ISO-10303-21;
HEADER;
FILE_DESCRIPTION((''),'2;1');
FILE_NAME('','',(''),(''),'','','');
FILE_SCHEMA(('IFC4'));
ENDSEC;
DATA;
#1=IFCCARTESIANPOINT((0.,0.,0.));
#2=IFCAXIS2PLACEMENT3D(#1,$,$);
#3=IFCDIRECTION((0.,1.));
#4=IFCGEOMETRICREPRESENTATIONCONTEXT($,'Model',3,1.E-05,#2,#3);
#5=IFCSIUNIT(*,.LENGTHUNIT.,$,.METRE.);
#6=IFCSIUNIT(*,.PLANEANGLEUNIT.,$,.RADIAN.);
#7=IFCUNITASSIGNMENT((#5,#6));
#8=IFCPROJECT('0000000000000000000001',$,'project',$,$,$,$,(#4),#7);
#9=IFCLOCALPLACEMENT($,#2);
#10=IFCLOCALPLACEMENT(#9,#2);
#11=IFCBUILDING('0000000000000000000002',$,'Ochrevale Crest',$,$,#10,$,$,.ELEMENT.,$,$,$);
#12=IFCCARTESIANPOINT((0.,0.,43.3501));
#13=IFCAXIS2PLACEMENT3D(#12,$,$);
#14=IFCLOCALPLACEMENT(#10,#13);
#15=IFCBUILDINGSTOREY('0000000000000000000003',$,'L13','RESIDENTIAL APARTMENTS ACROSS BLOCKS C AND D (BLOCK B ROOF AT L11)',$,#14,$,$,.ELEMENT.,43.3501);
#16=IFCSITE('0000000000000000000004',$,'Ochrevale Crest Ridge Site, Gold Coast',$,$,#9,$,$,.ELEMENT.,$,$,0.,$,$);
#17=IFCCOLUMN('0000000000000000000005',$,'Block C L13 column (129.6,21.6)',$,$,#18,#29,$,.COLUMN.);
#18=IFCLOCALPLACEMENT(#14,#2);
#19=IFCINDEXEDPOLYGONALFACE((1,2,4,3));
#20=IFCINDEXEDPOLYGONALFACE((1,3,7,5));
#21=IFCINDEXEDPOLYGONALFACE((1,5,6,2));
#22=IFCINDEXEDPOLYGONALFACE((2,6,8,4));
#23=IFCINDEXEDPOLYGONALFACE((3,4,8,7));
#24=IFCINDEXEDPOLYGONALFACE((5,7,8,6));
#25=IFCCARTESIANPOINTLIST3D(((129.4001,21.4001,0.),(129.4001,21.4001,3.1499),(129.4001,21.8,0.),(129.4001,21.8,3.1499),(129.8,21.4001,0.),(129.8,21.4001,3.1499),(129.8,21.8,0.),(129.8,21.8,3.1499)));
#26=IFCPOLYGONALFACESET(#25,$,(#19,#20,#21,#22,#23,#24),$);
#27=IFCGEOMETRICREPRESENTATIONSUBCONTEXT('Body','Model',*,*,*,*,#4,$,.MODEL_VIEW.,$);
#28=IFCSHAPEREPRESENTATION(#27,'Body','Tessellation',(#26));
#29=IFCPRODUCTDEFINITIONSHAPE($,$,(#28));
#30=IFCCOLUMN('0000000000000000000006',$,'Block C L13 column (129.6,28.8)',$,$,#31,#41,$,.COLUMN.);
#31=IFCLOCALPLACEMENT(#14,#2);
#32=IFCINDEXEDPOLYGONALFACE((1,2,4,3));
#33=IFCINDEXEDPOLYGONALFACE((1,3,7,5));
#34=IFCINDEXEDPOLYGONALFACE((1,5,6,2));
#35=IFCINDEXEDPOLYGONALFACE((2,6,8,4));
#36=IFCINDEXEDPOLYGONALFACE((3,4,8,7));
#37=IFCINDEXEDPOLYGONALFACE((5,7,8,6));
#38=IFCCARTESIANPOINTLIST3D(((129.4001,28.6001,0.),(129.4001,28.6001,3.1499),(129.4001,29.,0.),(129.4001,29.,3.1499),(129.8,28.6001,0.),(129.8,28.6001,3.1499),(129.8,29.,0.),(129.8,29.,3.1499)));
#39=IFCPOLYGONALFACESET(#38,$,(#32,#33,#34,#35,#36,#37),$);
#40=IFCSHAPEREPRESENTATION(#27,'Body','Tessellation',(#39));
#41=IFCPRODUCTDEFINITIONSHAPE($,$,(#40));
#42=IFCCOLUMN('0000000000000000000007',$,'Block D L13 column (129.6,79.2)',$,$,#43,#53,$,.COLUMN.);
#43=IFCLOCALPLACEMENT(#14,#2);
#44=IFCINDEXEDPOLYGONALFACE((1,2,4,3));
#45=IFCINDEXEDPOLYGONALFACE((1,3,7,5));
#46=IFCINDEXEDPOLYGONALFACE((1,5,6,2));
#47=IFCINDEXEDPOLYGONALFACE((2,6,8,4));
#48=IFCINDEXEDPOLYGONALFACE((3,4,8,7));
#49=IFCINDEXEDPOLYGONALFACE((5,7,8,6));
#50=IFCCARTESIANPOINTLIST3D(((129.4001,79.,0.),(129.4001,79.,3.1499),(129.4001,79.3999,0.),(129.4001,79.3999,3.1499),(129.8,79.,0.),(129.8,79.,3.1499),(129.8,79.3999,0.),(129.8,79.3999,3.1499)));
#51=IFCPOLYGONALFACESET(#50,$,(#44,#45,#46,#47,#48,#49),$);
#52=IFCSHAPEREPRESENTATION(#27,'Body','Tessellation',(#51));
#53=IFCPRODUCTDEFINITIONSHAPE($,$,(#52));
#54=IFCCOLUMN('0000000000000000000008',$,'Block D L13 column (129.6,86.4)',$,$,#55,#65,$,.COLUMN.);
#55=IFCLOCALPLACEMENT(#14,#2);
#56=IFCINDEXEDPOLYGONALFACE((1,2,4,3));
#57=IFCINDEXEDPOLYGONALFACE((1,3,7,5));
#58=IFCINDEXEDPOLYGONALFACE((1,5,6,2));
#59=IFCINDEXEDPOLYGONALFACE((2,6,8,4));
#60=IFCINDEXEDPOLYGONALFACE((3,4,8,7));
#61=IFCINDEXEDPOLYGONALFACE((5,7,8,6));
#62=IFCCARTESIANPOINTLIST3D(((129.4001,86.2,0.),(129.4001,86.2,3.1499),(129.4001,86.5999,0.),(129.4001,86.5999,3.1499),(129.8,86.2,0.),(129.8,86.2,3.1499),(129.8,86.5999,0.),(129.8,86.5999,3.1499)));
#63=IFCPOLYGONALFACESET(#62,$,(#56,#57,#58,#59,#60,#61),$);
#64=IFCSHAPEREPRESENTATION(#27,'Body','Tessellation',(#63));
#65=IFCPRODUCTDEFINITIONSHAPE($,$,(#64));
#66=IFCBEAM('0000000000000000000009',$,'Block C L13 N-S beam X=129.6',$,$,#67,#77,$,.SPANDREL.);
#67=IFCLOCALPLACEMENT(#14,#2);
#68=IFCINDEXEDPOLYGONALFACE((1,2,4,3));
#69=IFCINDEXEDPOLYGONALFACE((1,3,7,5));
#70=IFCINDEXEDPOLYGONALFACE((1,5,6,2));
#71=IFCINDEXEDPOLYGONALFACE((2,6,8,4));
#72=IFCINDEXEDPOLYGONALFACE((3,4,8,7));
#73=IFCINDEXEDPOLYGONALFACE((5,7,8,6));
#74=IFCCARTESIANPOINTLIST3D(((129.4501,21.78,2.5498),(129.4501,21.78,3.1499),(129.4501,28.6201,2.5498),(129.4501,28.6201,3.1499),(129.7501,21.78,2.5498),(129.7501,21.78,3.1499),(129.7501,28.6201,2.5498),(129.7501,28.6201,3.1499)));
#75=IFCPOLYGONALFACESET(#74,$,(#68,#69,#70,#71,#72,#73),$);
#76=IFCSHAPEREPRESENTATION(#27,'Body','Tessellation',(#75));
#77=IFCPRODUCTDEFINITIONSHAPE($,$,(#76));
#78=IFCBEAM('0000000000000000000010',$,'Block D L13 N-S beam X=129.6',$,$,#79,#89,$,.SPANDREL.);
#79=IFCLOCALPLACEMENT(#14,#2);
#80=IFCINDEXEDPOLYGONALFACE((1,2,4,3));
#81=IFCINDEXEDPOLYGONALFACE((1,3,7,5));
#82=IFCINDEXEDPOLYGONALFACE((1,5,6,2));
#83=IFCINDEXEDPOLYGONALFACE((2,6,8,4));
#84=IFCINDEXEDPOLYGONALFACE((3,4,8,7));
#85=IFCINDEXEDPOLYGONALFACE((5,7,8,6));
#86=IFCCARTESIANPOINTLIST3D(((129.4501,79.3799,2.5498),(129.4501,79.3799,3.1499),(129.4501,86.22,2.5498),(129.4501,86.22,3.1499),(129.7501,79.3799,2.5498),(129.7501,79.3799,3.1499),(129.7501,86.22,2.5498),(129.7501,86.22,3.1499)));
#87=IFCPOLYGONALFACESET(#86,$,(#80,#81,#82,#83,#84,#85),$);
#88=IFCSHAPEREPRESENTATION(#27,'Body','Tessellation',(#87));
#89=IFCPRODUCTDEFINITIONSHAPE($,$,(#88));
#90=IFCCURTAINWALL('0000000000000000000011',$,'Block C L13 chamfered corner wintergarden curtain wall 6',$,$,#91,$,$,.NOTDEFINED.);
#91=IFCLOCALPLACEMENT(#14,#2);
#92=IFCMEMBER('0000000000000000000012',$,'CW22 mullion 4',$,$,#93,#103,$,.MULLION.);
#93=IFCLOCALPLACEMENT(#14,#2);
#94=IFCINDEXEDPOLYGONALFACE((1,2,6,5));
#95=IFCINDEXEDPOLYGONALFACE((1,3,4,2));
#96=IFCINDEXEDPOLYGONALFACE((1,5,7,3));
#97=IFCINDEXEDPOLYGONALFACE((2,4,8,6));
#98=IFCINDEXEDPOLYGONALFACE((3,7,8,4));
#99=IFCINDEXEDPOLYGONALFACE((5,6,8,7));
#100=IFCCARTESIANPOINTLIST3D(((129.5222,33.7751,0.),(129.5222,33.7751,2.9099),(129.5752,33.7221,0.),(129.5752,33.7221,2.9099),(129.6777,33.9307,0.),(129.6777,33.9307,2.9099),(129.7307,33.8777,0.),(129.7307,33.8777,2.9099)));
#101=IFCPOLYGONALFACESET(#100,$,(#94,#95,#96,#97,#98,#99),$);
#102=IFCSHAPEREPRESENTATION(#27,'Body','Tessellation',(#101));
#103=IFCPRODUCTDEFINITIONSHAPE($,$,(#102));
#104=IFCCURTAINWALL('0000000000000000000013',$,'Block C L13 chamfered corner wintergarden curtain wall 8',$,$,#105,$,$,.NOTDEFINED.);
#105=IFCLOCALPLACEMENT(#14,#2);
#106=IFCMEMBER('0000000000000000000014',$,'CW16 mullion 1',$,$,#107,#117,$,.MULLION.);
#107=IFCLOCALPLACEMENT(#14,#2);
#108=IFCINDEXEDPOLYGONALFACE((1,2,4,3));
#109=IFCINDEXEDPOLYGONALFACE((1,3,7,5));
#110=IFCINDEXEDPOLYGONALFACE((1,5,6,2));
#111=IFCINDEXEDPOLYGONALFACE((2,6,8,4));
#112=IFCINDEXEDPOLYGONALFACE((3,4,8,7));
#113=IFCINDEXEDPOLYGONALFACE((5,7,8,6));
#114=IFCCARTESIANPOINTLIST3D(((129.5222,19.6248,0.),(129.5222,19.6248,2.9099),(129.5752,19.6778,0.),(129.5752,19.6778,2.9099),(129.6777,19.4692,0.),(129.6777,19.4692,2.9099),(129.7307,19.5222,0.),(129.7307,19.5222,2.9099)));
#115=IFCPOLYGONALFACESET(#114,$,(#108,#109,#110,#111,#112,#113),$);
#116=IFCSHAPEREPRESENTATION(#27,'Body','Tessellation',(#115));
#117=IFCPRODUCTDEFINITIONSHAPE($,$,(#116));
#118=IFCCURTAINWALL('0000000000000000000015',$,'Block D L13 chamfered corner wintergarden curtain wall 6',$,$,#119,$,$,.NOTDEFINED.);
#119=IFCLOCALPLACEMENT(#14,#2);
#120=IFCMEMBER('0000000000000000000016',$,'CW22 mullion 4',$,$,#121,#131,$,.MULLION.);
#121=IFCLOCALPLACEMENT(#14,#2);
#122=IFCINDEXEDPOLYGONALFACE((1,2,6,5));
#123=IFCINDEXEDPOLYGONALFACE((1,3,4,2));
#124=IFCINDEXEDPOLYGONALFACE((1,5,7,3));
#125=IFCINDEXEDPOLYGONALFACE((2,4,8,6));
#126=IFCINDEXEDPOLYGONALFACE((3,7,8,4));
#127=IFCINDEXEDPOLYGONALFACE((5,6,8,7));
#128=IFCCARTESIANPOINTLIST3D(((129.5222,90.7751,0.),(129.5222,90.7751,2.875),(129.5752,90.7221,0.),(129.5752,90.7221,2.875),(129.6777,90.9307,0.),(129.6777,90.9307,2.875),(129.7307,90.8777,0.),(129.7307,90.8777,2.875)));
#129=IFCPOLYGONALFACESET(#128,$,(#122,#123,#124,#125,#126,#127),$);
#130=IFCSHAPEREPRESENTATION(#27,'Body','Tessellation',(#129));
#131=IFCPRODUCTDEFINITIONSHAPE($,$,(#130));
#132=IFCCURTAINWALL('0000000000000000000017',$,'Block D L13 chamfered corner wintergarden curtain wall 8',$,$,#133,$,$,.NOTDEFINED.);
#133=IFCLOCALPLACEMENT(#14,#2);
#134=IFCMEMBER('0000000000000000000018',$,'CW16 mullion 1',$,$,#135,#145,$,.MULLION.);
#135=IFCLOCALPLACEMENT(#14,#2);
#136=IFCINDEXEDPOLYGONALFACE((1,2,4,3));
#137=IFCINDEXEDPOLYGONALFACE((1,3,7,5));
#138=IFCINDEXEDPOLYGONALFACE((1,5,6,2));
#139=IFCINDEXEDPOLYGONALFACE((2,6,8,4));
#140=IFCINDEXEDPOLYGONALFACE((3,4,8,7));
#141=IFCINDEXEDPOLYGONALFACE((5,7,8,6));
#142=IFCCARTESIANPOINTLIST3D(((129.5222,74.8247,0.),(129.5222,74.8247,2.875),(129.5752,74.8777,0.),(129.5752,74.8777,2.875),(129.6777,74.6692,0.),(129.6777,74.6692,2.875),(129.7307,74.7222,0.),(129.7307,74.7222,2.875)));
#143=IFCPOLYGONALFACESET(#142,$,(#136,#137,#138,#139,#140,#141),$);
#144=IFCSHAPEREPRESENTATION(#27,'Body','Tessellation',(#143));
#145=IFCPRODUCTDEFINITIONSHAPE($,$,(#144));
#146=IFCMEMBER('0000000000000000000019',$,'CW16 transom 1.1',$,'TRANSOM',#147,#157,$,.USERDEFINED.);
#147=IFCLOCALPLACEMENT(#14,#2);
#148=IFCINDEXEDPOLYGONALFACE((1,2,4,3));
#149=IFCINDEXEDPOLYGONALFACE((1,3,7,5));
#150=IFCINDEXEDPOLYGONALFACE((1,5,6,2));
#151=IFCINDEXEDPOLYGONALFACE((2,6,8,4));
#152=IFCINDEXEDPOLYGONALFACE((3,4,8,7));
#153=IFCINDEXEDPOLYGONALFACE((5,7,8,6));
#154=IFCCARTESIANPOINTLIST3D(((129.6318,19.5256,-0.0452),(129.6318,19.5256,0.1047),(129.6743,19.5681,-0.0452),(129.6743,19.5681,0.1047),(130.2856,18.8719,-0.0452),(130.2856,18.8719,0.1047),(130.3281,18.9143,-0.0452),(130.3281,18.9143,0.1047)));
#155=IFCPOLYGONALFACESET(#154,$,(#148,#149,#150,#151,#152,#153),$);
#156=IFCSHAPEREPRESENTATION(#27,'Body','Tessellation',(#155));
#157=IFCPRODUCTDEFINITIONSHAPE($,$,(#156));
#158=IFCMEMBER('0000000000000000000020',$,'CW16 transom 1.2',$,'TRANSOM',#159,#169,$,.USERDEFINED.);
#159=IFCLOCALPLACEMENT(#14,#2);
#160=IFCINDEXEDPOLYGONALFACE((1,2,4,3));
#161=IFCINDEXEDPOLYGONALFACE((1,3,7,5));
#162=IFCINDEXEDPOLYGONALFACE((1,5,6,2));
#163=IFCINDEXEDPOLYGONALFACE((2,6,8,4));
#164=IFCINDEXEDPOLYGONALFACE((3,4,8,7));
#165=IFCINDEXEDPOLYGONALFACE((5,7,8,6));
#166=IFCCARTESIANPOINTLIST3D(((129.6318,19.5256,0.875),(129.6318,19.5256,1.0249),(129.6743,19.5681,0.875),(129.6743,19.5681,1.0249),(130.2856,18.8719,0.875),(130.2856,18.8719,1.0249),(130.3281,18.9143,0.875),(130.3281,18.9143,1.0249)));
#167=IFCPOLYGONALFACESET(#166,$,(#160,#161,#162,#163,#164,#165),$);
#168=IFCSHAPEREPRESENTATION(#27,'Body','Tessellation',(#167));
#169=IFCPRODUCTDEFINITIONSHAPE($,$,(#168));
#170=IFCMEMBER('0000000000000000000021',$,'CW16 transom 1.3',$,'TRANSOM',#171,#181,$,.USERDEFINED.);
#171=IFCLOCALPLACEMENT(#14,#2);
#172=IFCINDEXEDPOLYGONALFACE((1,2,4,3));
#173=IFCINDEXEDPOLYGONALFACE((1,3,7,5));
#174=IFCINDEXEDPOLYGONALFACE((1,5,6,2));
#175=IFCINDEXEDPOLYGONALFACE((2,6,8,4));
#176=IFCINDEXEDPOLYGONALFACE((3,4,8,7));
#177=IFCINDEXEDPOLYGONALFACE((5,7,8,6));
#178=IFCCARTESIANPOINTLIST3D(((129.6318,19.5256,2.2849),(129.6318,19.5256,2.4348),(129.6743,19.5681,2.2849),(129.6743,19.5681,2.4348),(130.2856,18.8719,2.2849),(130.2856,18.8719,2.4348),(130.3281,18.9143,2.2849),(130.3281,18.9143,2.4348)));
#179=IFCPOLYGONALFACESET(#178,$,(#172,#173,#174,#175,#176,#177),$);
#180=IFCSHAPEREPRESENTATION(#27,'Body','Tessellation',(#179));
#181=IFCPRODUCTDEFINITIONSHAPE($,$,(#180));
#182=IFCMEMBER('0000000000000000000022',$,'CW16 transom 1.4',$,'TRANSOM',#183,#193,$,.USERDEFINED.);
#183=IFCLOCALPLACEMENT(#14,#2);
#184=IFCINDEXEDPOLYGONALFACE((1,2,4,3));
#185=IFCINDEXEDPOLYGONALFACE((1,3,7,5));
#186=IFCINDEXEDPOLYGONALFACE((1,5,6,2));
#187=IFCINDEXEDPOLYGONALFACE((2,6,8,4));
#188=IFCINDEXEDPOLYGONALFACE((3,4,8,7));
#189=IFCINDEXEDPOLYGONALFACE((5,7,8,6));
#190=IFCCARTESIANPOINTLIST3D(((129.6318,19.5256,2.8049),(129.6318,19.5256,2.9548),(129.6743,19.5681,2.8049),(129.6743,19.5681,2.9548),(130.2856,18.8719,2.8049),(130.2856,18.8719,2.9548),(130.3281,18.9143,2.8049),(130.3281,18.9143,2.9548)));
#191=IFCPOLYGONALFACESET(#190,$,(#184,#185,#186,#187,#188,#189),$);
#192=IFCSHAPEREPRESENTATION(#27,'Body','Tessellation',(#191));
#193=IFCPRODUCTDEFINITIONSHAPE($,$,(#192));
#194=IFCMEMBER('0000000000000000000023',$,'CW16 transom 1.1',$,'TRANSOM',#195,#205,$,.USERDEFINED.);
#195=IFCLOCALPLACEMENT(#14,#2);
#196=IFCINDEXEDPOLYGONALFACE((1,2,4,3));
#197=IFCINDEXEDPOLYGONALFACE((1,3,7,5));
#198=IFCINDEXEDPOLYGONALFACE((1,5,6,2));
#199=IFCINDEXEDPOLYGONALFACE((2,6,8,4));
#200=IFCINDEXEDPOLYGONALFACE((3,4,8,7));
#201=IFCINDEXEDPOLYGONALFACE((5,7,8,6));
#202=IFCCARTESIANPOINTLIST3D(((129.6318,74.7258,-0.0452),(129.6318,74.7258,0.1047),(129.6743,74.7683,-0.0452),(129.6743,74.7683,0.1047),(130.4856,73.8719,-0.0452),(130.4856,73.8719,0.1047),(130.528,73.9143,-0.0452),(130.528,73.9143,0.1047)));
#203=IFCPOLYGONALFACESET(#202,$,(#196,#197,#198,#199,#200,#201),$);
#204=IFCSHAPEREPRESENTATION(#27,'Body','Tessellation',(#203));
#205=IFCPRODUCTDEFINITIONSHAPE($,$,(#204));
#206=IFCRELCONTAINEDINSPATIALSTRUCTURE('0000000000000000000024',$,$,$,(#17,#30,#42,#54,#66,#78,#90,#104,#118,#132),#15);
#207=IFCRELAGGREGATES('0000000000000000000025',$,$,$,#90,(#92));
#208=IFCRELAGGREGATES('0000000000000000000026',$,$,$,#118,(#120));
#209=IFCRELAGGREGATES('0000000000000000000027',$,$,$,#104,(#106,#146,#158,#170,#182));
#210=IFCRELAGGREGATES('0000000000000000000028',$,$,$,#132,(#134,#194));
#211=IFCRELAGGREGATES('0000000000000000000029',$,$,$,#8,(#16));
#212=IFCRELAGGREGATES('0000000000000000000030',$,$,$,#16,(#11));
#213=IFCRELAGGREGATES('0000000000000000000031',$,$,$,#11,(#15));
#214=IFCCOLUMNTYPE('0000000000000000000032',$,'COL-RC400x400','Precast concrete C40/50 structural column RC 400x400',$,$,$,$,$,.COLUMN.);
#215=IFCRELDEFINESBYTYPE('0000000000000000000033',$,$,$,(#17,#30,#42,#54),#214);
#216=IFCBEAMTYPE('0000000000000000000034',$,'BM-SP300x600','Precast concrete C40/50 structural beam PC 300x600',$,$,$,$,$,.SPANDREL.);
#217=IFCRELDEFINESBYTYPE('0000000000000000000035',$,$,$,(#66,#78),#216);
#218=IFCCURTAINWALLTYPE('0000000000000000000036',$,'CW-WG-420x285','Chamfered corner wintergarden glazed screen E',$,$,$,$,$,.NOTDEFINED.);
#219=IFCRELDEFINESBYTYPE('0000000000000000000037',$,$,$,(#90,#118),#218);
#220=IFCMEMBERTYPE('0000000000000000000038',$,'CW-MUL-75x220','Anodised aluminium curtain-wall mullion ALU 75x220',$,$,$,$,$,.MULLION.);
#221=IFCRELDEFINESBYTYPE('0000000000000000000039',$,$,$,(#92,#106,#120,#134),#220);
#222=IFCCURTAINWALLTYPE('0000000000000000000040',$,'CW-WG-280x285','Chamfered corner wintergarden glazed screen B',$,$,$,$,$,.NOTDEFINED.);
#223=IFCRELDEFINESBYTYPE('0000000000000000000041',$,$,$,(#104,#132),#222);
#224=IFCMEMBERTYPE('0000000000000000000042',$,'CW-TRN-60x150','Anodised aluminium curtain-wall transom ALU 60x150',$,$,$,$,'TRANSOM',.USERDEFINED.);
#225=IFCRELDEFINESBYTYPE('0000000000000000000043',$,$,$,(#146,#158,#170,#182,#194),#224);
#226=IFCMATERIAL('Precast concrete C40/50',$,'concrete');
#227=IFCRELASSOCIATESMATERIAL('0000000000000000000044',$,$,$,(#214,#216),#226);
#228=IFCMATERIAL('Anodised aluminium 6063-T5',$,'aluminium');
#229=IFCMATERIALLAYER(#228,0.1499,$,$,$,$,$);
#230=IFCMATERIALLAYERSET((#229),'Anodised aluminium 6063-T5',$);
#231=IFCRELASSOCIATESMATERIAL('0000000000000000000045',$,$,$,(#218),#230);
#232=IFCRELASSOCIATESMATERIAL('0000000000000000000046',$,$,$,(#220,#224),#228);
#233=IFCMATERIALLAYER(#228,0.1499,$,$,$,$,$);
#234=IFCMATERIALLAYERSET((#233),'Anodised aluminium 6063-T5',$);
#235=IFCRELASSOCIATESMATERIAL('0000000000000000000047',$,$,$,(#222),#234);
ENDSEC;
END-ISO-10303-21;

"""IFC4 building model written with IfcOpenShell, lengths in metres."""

from ifc_helpers import new_model, si_unit, direction, frame, origin, origin_2d, place, context, subcontext, project, spatial, rectangle, extrude, material, layer, layer_set, material_profile, profile_set, type_object, element, aggregate, save


model = new_model("IFC4")

# Units and contexts
model_context = context("Model", 3, precision=1e-05, world=origin(), true_north=direction((0.0, 1.0)))
body_context = subcontext(model_context, "Body", "Model", "MODEL_VIEW")
ifc_project = project(units=[si_unit("LENGTHUNIT", "METRE"), si_unit("PLANEANGLEUNIT", "RADIAN")], contexts=[model_context])

# Site, building, storey
site_placement = place(None, origin())
site = spatial("IfcSite", under=ifc_project, at=site_placement, Name="Ochrevale Crest Ridge Site, Gold Coast", CompositionType="ELEMENT", RefElevation=0.0)
building_placement = place(site_placement, origin())
building = spatial("IfcBuilding", under=site, at=building_placement, Name="Ochrevale Crest", CompositionType="ELEMENT")
storey_placement = place(building_placement, frame((0.0, 0.0, 43.3501)))
storey = spatial("IfcBuildingStorey", under=building, at=storey_placement, Name="L13", Description="RESIDENTIAL APARTMENTS ACROSS BLOCKS C AND D (BLOCK B ROOF AT L11)", CompositionType="ELEMENT", Elevation=43.3501)

# Columns
ifc_material_1 = material(Name="Precast concrete C40/50", Category="concrete")
ifc_material_profile_1 = material_profile(ifc_material_1, rectangle(XDim=0.3999, YDim=0.3999, at=origin_2d()), Name="RC 400x400")
ifc_profile_set_1 = profile_set([ifc_material_profile_1], Name="Precast concrete C40/50")
column_type = type_object("IfcColumnType", Name="COL-RC400x400", Description="Precast concrete C40/50 structural column RC 400x400", PredefinedType="COLUMN", material=ifc_profile_set_1)
for number, where, z_axis, x_axis, name in (
    (1, (129.6001, 21.6001, 0.0), (0.0, 0.0, 1.0), (1.0, 0.0, 0.0), "Block C L13 column (129.6,21.6)"),
    (2, (129.6001, 28.8, 0.0), (0.0, 0.0, 1.0), (1.0, 0.0, 0.0), "Block C L13 column (129.6,28.8)"),
    (3, (129.6001, 79.2, 0.0), (0.0, 0.0, 1.0), (1.0, 0.0, 0.0), "Block D L13 column (129.6,79.2)"),
    (4, (129.6001, 86.3999, 0.0), (0.0, 0.0, 1.0), (1.0, 0.0, 0.0), "Block D L13 column (129.6,86.4)"),
):
    element("IfcColumn", number, at=place(storey_placement, frame(where, z_axis=z_axis, x_axis=x_axis)), inside=storey, type_object=column_type, Name=name, PredefinedType="COLUMN", context=body_context, shape_type="SweptSolid", body=[
        extrude(rectangle(XDim=0.3999, YDim=0.3999, at=origin_2d()), origin(), (0.0, 0.0, 1.0), 3.1499),
    ])

# Beams
ifc_material_profile_2 = material_profile(ifc_material_1, rectangle(XDim=0.3, YDim=0.6001, at=origin_2d()), Name="PC 300x600")
ifc_profile_set_2 = profile_set([ifc_material_profile_2], Name="Precast concrete C40/50")
beam_type = type_object("IfcBeamType", Name="BM-SP300x600", Description="Precast concrete C40/50 structural beam PC 300x600", PredefinedType="SPANDREL", material=ifc_profile_set_2)
for number, where, z_axis, x_axis, name in (
    (5, (129.6001, 21.78, 2.8499), (0.0, 1.0, 0.0), (-1.0, 0.0, 0.0), "Block C L13 N-S beam X=129.6"),
    (6, (129.6001, 79.3799, 2.8499), (0.0, 1.0, 0.0), (-1.0, 0.0, 0.0), "Block D L13 N-S beam X=129.6"),
):
    element("IfcBeam", number, at=place(storey_placement, frame(where, z_axis=z_axis, x_axis=x_axis)), inside=storey, type_object=beam_type, Name=name, PredefinedType="SPANDREL", context=body_context, shape_type="SweptSolid", body=[
        extrude(rectangle(XDim=0.3, YDim=0.6001, at=origin_2d()), origin(), (0.0, 0.0, 1.0), 6.8401),
    ])

# Curtain walls, members
ifc_material_2 = material(Name="Anodised aluminium 6063-T5", Category="aluminium")
ifc_layer_1 = layer(ifc_material_2, 0.1499)
ifc_layer_set_1 = layer_set([ifc_layer_1], Name="Anodised aluminium 6063-T5")
curtain_wall_type_1 = type_object("IfcCurtainWallType", Name="CW-WG-420x285", Description="Chamfered corner wintergarden glazed screen E", PredefinedType="NOTDEFINED", material=ifc_layer_set_1)
curtain_wall_1_placement = place(storey_placement, origin())
curtain_wall_1 = element("IfcCurtainWall", 7, at=curtain_wall_1_placement, inside=storey, type_object=curtain_wall_type_1, Name="Block C L13 chamfered corner wintergarden curtain wall 6", PredefinedType="NOTDEFINED")
ifc_material_profile_3 = material_profile(ifc_material_2, rectangle(XDim=0.075, YDim=0.22, at=origin_2d()), Name="ALU 75x220")
ifc_profile_set_3 = profile_set([ifc_material_profile_3], Name="Anodised aluminium 6063-T5")
member_type_1 = type_object("IfcMemberType", Name="CW-MUL-75x220", Description="Anodised aluminium curtain-wall mullion ALU 75x220", PredefinedType="MULLION", material=ifc_profile_set_3)
member_1_placement = place(storey_placement, frame((129.6265, 33.8264, 0.0), z_axis=(0.0, 0.0, 1.0), x_axis=(0.707107, -0.707107, 0.0)))
member_1 = element("IfcMember", 8, at=member_1_placement, type_object=member_type_1, Name="CW22 mullion 4", PredefinedType="MULLION", context=body_context, shape_type="SweptSolid", body=[
    extrude(rectangle(XDim=0.075, YDim=0.22, at=origin_2d()), origin(), (0.0, 0.0, 1.0), 2.9099),
])
aggregate(curtain_wall_1, [member_1])
ifc_layer_2 = layer(ifc_material_2, 0.1499)
ifc_layer_set_2 = layer_set([ifc_layer_2], Name="Anodised aluminium 6063-T5")
curtain_wall_type_2 = type_object("IfcCurtainWallType", Name="CW-WG-280x285", Description="Chamfered corner wintergarden glazed screen B", PredefinedType="NOTDEFINED", material=ifc_layer_set_2)
curtain_wall_2_placement = place(storey_placement, origin())
curtain_wall_2 = element("IfcCurtainWall", 9, at=curtain_wall_2_placement, inside=storey, type_object=curtain_wall_type_2, Name="Block C L13 chamfered corner wintergarden curtain wall 8", PredefinedType="NOTDEFINED")
member_2_placement = place(storey_placement, frame((129.6265, 19.5735, 0.0), z_axis=(0.0, 0.0, 1.0), x_axis=(0.707107, 0.707107, 0.0)))
member_2 = element("IfcMember", 10, at=member_2_placement, type_object=member_type_1, Name="CW16 mullion 1", PredefinedType="MULLION", context=body_context, shape_type="SweptSolid", body=[
    extrude(rectangle(XDim=0.075, YDim=0.22, at=origin_2d()), origin(), (0.0, 0.0, 1.0), 2.9099),
])
curtain_wall_3_placement = place(storey_placement, origin())
curtain_wall_3 = element("IfcCurtainWall", 11, at=curtain_wall_3_placement, inside=storey, type_object=curtain_wall_type_1, Name="Block D L13 chamfered corner wintergarden curtain wall 6", PredefinedType="NOTDEFINED")
member_3_placement = place(storey_placement, frame((129.6265, 90.8264, 0.0), z_axis=(0.0, 0.0, 1.0), x_axis=(0.707107, -0.707107, 0.0)))
member_3 = element("IfcMember", 12, at=member_3_placement, type_object=member_type_1, Name="CW22 mullion 4", PredefinedType="MULLION", context=body_context, shape_type="SweptSolid", body=[
    extrude(rectangle(XDim=0.075, YDim=0.22, at=origin_2d()), origin(), (0.0, 0.0, 1.0), 2.875),
])
aggregate(curtain_wall_3, [member_3])
curtain_wall_4_placement = place(storey_placement, origin())
curtain_wall_4 = element("IfcCurtainWall", 13, at=curtain_wall_4_placement, inside=storey, type_object=curtain_wall_type_2, Name="Block D L13 chamfered corner wintergarden curtain wall 8", PredefinedType="NOTDEFINED")
member_4_placement = place(storey_placement, frame((129.6265, 74.7734, 0.0), z_axis=(0.0, 0.0, 1.0), x_axis=(0.707107, 0.707107, 0.0)))
member_4 = element("IfcMember", 14, at=member_4_placement, type_object=member_type_1, Name="CW16 mullion 1", PredefinedType="MULLION", context=body_context, shape_type="SweptSolid", body=[
    extrude(rectangle(XDim=0.075, YDim=0.22, at=origin_2d()), origin(), (0.0, 0.0, 1.0), 2.875),
])

# Members
ifc_material_profile_4 = material_profile(ifc_material_2, rectangle(XDim=0.0601, YDim=0.1499, at=origin_2d()), Name="ALU 60x150")
ifc_profile_set_4 = profile_set([ifc_material_profile_4], Name="Anodised aluminium 6063-T5")
member_type_2 = type_object("IfcMemberType", Name="CW-TRN-60x150", Description="Anodised aluminium curtain-wall transom ALU 60x150", ElementType="TRANSOM", PredefinedType="USERDEFINED", material=ifc_profile_set_4)
member_5_placement = place(storey_placement, frame((129.6531, 19.5469, 0.0298), z_axis=(0.707107, -0.707107, 0.0), x_axis=(0.707107, 0.707107, 0.0)))
member_5 = element("IfcMember", 15, at=member_5_placement, type_object=member_type_2, Name="CW16 transom 1.1", ObjectType="TRANSOM", PredefinedType="USERDEFINED", context=body_context, shape_type="SweptSolid", body=[
    extrude(rectangle(XDim=0.0601, YDim=0.1499, at=origin_2d()), origin(), (0.0, 0.0, 1.0), 0.9246),
])
member_6_placement = place(storey_placement, frame((129.6531, 19.5469, 0.95), z_axis=(0.707107, -0.707107, 0.0), x_axis=(0.707107, 0.707107, 0.0)))
member_6 = element("IfcMember", 16, at=member_6_placement, type_object=member_type_2, Name="CW16 transom 1.2", ObjectType="TRANSOM", PredefinedType="USERDEFINED", context=body_context, shape_type="SweptSolid", body=[
    extrude(rectangle(XDim=0.0601, YDim=0.1499, at=origin_2d()), origin(), (0.0, 0.0, 1.0), 0.9246),
])
member_7_placement = place(storey_placement, frame((129.6531, 19.5469, 2.3599), z_axis=(0.707107, -0.707107, 0.0), x_axis=(0.707107, 0.707107, 0.0)))
member_7 = element("IfcMember", 17, at=member_7_placement, type_object=member_type_2, Name="CW16 transom 1.3", ObjectType="TRANSOM", PredefinedType="USERDEFINED", context=body_context, shape_type="SweptSolid", body=[
    extrude(rectangle(XDim=0.0601, YDim=0.1499, at=origin_2d()), origin(), (0.0, 0.0, 1.0), 0.9246),
])
member_8_placement = place(storey_placement, frame((129.6531, 19.5469, 2.8799), z_axis=(0.707107, -0.707107, 0.0), x_axis=(0.707107, 0.707107, 0.0)))
member_8 = element("IfcMember", 18, at=member_8_placement, type_object=member_type_2, Name="CW16 transom 1.4", ObjectType="TRANSOM", PredefinedType="USERDEFINED", context=body_context, shape_type="SweptSolid", body=[
    extrude(rectangle(XDim=0.0601, YDim=0.1499, at=origin_2d()), origin(), (0.0, 0.0, 1.0), 0.9246),
])
aggregate(curtain_wall_2, [member_2, member_5, member_6, member_7, member_8])
member_9_placement = place(storey_placement, frame((129.6531, 74.7471, 0.0298), z_axis=(0.707006, -0.707208, 0.0), x_axis=(0.707208, 0.707006, 0.0)))
member_9 = element("IfcMember", 19, at=member_9_placement, type_object=member_type_2, Name="CW16 transom 1.1", ObjectType="TRANSOM", PredefinedType="USERDEFINED", context=body_context, shape_type="SweptSolid", body=[
    extrude(rectangle(XDim=0.0601, YDim=0.1499, at=origin_2d()), origin(), (0.0, 0.0, 1.0), 1.2075),
])
aggregate(curtain_wall_4, [member_4, member_9])

save(model, "model.ifc")
